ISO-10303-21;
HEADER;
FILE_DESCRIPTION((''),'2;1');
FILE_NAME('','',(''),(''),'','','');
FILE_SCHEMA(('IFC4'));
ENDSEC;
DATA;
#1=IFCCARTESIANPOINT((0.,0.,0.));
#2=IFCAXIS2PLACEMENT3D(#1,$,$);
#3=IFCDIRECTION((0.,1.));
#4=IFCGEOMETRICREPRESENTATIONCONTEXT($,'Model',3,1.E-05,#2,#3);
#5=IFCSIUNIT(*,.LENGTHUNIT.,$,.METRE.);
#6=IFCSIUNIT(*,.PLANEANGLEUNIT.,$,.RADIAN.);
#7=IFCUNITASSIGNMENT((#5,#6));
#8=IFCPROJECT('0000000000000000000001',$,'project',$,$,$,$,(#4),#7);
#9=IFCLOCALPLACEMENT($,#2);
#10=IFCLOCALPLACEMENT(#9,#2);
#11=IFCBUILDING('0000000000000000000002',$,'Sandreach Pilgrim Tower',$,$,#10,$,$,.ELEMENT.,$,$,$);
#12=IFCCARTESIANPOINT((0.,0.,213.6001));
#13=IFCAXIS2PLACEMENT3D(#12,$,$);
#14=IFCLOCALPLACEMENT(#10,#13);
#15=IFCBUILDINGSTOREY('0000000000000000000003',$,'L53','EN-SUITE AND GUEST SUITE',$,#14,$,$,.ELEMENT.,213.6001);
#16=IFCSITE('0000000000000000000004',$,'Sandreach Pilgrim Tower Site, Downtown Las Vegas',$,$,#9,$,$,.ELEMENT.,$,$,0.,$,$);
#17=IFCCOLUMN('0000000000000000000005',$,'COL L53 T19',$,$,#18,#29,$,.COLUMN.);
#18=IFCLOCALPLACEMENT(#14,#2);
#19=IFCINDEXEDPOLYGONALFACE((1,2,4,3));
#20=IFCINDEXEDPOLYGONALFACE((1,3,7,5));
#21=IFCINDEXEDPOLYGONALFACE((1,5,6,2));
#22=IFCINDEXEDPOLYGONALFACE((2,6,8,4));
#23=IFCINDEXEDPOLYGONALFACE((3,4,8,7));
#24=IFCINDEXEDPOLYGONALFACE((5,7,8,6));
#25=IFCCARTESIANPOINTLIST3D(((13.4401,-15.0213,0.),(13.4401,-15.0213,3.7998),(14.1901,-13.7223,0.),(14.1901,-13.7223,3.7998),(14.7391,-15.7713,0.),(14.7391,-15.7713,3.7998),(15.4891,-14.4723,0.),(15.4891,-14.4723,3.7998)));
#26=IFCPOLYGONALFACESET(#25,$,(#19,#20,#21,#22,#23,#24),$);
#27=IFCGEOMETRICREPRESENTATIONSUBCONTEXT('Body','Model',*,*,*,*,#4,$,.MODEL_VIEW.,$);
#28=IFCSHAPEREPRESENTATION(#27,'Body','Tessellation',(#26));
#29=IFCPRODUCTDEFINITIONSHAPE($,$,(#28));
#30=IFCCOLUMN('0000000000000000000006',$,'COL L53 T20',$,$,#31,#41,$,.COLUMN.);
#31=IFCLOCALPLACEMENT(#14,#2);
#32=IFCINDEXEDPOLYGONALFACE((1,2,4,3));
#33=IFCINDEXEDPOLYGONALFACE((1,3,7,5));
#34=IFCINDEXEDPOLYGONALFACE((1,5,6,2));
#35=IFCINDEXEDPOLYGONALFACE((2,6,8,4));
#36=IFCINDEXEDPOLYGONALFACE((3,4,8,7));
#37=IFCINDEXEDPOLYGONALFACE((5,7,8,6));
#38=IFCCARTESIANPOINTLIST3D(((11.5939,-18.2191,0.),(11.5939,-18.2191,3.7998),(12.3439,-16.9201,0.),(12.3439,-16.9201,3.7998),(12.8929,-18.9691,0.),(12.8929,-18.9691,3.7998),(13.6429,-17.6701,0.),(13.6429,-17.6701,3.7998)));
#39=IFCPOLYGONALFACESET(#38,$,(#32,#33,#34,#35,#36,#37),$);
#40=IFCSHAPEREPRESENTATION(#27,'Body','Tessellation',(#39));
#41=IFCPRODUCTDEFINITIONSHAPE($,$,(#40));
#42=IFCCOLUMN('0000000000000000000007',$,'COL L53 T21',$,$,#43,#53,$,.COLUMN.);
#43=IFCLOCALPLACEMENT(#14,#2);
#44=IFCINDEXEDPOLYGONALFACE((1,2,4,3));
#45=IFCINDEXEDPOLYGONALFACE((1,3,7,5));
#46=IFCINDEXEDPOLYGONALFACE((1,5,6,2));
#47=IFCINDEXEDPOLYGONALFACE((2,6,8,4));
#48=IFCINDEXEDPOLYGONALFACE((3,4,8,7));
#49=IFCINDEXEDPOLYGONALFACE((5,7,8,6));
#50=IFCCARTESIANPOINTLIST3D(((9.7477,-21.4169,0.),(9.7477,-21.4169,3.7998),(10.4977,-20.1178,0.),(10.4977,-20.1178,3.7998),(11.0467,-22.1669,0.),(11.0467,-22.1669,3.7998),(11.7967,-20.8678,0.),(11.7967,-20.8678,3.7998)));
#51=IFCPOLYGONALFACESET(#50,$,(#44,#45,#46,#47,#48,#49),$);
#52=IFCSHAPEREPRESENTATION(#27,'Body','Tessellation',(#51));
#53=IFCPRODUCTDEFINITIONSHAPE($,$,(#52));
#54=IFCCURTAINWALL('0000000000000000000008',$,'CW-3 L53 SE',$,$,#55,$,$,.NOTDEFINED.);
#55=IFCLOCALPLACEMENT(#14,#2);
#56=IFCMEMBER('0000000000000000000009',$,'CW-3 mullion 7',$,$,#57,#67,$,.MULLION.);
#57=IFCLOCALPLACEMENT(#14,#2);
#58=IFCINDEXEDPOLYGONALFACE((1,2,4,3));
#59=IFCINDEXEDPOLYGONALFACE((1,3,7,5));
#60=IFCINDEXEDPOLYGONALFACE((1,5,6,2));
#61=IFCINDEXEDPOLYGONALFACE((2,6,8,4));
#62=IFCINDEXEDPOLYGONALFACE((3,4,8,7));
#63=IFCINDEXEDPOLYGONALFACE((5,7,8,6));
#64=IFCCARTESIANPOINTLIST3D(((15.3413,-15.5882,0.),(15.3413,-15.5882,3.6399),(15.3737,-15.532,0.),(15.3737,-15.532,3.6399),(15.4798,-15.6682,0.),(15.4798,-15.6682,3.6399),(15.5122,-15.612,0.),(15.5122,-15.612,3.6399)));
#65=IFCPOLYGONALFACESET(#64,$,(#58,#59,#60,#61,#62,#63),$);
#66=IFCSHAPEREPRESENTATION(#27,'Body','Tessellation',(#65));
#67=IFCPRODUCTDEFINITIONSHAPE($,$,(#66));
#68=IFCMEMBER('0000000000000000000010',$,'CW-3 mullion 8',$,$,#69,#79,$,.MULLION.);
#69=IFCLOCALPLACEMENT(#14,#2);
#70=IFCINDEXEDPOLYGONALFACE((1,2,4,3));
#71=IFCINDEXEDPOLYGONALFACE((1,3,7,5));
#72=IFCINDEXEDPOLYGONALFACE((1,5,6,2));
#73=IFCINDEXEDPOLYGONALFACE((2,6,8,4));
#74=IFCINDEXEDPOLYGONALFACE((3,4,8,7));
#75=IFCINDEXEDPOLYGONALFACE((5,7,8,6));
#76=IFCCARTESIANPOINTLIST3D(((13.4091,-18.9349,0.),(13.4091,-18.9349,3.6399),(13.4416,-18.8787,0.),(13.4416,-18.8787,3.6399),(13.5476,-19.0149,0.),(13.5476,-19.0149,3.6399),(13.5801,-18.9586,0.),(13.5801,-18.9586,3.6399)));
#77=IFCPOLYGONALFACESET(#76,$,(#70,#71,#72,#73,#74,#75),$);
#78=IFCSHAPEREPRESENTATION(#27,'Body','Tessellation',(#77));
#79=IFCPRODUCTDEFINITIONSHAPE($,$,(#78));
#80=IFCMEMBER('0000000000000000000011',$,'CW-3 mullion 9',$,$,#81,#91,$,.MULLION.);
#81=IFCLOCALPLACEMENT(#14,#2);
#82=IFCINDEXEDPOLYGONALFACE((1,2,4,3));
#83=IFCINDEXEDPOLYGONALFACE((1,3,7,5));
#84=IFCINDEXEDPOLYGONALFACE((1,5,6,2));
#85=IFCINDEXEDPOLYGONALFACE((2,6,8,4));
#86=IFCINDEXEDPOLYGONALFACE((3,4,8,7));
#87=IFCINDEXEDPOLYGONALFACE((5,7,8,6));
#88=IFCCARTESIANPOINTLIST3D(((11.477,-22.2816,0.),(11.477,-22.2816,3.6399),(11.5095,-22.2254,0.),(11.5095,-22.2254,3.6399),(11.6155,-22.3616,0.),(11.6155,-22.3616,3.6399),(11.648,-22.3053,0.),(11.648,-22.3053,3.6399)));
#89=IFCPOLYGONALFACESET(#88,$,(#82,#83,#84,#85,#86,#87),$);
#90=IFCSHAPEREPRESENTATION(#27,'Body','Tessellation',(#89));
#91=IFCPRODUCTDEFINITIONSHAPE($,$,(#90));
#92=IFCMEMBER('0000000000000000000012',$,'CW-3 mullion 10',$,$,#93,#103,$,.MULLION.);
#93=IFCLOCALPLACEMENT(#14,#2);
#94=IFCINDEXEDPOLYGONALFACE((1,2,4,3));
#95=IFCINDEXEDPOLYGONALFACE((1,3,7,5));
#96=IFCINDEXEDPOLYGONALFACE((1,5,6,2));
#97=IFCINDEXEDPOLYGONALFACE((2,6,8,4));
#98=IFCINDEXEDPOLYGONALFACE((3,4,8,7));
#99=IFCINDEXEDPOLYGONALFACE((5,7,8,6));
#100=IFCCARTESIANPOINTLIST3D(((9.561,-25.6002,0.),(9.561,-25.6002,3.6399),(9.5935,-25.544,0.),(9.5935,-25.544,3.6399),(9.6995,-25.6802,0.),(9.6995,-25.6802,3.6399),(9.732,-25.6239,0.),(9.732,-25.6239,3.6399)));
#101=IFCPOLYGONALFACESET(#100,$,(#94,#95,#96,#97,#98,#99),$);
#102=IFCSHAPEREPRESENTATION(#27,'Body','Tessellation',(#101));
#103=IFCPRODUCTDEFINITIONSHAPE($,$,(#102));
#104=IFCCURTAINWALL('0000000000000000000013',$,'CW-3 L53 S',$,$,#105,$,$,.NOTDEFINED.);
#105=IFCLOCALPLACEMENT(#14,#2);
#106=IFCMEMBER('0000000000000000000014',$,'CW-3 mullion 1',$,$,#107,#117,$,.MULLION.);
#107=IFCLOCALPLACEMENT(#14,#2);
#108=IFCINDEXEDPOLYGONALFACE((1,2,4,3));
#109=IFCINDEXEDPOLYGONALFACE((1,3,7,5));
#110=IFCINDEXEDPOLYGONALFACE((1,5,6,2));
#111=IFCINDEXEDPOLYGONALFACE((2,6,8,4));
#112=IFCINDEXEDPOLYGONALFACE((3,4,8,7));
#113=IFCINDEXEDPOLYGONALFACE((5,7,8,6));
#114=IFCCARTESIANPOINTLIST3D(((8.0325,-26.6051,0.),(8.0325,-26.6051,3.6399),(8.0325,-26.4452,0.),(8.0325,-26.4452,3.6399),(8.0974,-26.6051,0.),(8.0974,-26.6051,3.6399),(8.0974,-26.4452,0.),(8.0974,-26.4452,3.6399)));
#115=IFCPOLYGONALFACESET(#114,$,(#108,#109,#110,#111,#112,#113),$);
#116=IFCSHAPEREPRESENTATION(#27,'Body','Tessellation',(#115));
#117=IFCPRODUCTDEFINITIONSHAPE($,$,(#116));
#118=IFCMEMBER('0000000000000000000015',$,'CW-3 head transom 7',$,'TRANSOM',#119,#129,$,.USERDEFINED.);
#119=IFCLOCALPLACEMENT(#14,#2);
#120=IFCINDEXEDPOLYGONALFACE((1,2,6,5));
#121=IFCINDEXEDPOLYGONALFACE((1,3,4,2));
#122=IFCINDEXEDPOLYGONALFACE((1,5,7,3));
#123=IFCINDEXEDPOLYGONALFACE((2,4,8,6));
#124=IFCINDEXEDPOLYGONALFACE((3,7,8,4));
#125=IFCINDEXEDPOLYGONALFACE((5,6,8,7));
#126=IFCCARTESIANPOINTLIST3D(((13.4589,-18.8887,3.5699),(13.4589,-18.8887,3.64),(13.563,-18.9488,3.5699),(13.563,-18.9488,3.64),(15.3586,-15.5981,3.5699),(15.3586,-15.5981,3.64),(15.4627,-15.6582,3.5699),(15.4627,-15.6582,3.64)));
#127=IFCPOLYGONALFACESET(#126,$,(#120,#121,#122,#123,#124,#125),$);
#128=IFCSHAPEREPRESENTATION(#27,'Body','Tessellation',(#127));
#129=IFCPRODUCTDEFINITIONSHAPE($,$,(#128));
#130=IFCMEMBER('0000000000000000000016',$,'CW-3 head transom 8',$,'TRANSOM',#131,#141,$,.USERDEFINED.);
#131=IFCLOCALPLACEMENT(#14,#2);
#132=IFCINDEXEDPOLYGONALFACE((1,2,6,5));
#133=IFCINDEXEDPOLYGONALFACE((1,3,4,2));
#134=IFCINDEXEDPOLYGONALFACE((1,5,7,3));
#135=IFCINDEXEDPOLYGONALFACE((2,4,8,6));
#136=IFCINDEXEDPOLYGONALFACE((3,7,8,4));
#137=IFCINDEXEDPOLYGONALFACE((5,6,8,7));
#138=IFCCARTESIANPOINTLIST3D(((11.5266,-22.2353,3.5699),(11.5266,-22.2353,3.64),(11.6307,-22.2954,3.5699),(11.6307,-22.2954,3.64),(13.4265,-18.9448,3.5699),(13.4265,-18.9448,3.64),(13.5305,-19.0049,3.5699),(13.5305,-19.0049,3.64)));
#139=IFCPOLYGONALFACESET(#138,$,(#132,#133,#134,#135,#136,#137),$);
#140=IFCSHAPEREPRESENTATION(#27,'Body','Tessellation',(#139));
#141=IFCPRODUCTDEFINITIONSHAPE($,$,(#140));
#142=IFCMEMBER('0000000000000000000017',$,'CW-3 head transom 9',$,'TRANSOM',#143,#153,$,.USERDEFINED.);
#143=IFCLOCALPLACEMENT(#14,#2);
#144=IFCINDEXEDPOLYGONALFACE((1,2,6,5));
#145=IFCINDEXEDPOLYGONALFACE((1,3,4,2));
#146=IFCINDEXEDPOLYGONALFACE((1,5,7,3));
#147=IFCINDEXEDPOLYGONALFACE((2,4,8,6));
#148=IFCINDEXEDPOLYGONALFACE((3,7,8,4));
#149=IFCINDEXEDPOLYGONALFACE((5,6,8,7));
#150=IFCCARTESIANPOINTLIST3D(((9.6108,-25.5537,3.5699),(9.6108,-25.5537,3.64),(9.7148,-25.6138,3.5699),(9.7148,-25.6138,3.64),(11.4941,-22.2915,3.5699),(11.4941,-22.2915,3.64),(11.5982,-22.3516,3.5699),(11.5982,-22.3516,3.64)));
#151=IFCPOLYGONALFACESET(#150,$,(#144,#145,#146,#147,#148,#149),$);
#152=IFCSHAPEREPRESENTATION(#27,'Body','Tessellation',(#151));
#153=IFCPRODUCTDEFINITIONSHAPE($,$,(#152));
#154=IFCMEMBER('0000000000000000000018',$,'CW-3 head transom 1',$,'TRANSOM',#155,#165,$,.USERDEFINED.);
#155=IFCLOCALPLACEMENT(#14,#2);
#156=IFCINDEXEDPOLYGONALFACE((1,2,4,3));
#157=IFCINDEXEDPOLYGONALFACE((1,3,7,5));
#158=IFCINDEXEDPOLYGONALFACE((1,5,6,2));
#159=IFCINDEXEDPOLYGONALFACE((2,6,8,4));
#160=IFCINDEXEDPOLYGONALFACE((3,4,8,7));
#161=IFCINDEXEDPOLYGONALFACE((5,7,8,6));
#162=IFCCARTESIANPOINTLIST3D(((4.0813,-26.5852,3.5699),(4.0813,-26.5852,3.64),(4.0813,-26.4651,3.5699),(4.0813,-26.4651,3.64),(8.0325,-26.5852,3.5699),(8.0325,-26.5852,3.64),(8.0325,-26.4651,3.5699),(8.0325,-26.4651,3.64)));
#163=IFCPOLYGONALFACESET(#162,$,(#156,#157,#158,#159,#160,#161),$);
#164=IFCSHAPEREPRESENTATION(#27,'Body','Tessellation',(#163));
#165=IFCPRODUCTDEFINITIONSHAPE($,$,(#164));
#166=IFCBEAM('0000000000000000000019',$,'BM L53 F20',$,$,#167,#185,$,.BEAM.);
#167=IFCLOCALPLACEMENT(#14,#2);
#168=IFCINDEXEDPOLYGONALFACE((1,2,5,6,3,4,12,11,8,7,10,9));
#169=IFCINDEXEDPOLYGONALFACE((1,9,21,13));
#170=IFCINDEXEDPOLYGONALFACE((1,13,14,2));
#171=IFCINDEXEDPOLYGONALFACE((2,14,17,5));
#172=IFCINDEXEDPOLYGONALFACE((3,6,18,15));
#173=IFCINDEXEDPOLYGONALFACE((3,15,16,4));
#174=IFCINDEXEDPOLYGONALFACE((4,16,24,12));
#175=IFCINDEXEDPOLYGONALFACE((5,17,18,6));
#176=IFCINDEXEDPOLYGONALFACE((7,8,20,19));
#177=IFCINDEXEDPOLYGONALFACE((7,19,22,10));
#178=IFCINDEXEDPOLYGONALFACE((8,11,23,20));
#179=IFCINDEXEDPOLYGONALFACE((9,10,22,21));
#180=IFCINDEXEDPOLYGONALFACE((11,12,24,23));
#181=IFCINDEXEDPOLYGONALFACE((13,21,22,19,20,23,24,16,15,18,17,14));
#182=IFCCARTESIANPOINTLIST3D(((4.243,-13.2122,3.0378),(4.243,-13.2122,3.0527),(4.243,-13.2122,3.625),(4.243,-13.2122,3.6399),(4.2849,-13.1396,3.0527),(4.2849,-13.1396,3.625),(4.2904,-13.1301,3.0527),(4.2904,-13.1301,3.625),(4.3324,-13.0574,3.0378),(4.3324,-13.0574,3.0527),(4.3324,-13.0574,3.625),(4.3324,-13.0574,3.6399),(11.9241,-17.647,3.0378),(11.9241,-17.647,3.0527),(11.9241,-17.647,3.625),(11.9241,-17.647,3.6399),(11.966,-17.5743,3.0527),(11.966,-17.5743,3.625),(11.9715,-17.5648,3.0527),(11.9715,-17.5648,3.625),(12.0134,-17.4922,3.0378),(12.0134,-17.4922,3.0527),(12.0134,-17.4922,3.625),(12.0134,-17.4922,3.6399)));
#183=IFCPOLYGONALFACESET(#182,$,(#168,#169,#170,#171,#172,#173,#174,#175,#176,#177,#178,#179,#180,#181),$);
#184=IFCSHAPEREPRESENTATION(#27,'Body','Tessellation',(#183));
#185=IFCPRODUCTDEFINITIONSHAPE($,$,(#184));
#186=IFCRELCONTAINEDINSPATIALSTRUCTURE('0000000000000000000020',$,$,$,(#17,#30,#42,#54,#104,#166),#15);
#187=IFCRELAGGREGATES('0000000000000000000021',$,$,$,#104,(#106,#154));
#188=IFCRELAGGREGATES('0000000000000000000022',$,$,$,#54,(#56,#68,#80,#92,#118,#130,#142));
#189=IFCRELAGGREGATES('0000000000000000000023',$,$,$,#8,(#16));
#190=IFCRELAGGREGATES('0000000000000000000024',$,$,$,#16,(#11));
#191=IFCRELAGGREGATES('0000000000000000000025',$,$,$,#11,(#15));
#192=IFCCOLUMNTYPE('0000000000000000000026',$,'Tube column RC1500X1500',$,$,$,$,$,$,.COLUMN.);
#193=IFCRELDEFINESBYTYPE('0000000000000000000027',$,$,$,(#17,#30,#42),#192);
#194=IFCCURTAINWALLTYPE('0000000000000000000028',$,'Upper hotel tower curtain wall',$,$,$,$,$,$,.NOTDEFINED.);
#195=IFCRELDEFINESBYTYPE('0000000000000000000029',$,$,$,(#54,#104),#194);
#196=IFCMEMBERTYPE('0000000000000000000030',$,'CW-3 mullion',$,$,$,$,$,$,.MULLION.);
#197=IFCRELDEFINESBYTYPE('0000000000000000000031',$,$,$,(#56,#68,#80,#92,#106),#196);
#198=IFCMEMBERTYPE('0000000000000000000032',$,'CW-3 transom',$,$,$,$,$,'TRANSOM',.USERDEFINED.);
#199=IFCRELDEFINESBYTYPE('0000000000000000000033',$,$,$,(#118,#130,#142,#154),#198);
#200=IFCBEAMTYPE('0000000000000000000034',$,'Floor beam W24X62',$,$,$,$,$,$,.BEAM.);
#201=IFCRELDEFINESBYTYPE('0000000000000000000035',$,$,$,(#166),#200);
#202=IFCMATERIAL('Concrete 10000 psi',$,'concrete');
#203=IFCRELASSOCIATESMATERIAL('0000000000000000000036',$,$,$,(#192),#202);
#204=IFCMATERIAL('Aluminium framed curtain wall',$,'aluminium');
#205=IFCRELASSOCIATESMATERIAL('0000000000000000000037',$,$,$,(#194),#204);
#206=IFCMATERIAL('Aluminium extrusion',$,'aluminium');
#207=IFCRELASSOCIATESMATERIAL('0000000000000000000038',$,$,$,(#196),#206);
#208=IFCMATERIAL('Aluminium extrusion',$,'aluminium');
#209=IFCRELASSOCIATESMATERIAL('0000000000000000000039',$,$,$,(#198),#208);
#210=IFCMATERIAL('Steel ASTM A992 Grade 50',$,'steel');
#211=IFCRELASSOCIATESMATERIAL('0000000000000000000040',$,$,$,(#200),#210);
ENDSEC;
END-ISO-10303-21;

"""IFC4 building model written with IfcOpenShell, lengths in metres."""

from ifc_helpers import new_model, si_unit, direction, frame, origin, origin_2d, place, context, subcontext, project, spatial, rectangle, i_section, extrude, material, material_profile, profile_set, type_object, element, aggregate, save


model = new_model("IFC4")

# Units and contexts
model_context = context("Model", 3, precision=1e-05, world=origin(), true_north=direction((0.0, 1.0)))
body_context = subcontext(model_context, "Body", "Model", "MODEL_VIEW")
ifc_project = project(units=[si_unit("LENGTHUNIT", "METRE"), si_unit("PLANEANGLEUNIT", "RADIAN")], contexts=[model_context])

# Site, building, storey
site_placement = place(None, origin())
site = spatial("IfcSite", under=ifc_project, at=site_placement, Name="Sandreach Pilgrim Tower Site, Downtown Las Vegas", CompositionType="ELEMENT", RefElevation=0.0)
building_placement = place(site_placement, origin())
building = spatial("IfcBuilding", under=site, at=building_placement, Name="Sandreach Pilgrim Tower", CompositionType="ELEMENT")
storey_placement = place(building_placement, frame((0.0, 0.0, 213.6001)))
storey = spatial("IfcBuildingStorey", under=building, at=storey_placement, Name="L53", Description="EN-SUITE AND GUEST SUITE", CompositionType="ELEMENT", Elevation=213.6001)

# Columns
ifc_material_1 = material(Name="Concrete 10000 psi", Category="concrete")
ifc_material_profile_1 = material_profile(ifc_material_1, rectangle(XDim=1.5, YDim=1.5, at=origin_2d()), Name="RC1500X1500")
ifc_profile_set_1 = profile_set([ifc_material_profile_1], Name="Concrete 10000 psi")
column_type = type_object("IfcColumnType", Name="Tube column RC1500X1500", PredefinedType="COLUMN", material=ifc_profile_set_1)
for number, where, z_axis, x_axis, name in (
    (1, (14.4646, -14.7468, 0.0), (0.0, 0.0, 1.0), (0.866025, -0.5, 0.0), "COL L53 T19"),
    (2, (12.6184, -17.9446, 0.0), (0.0, 0.0, 1.0), (0.866025, -0.5, 0.0), "COL L53 T20"),
    (3, (10.7722, -21.1423, 0.0), (0.0, 0.0, 1.0), (0.866025, -0.5, 0.0), "COL L53 T21"),
):
    element("IfcColumn", number, at=place(storey_placement, frame(where, z_axis=z_axis, x_axis=x_axis)), inside=storey, type_object=column_type, Name=name, PredefinedType="COLUMN", context=body_context, shape_type="SweptSolid", body=[
        extrude(rectangle(XDim=1.5, YDim=1.5, at=origin_2d()), origin(), (0.0, 0.0, 1.0), 3.7998),
    ])

# Curtain wall, members
ifc_material_2 = material(Name="Aluminium framed curtain wall", Category="aluminium")
curtain_wall_type = type_object("IfcCurtainWallType", Name="Upper hotel tower curtain wall", PredefinedType="NOTDEFINED", material=ifc_material_2)
curtain_wall_1_placement = place(storey_placement, origin())
curtain_wall_1 = element("IfcCurtainWall", 4, at=curtain_wall_1_placement, inside=storey, type_object=curtain_wall_type, Name="CW-3 L53 SE", PredefinedType="NOTDEFINED")
ifc_material_3 = material(Name="Aluminium extrusion", Category="aluminium")
ifc_material_profile_2 = material_profile(ifc_material_3, rectangle(XDim=0.0649, YDim=0.1599, at=origin_2d()), Name="CW-3M 65X160")
ifc_profile_set_2 = profile_set([ifc_material_profile_2], Name="Aluminium extrusion")
member_type_1 = type_object("IfcMemberType", Name="CW-3 mullion", PredefinedType="MULLION", material=ifc_profile_set_2)
member_1_placement = place(storey_placement, frame((15.4268, -15.6001, 0.0), z_axis=(0.0, 0.0, 1.0), x_axis=(-0.5, -0.866025, 0.0)))
member_1 = element("IfcMember", 5, at=member_1_placement, type_object=member_type_1, Name="CW-3 mullion 7", PredefinedType="MULLION", context=body_context, shape_type="SweptSolid", body=[
    extrude(rectangle(XDim=0.0649, YDim=0.1599, at=origin_2d()), origin(), (0.0, 0.0, 1.0), 3.6399),
])
member_2_placement = place(storey_placement, frame((13.4946, -18.9468, 0.0), z_axis=(0.0, 0.0, 1.0), x_axis=(-0.5, -0.866025, 0.0)))
member_2 = element("IfcMember", 6, at=member_2_placement, type_object=member_type_1, Name="CW-3 mullion 8", PredefinedType="MULLION", context=body_context, shape_type="SweptSolid", body=[
    extrude(rectangle(XDim=0.0649, YDim=0.1599, at=origin_2d()), origin(), (0.0, 0.0, 1.0), 3.6399),
])
member_3_placement = place(storey_placement, frame((11.5625, -22.2935, 0.0), z_axis=(0.0, 0.0, 1.0), x_axis=(-0.5, -0.866025, 0.0)))
member_3 = element("IfcMember", 7, at=member_3_placement, type_object=member_type_1, Name="CW-3 mullion 9", PredefinedType="MULLION", context=body_context, shape_type="SweptSolid", body=[
    extrude(rectangle(XDim=0.0649, YDim=0.1599, at=origin_2d()), origin(), (0.0, 0.0, 1.0), 3.6399),
])
member_4_placement = place(storey_placement, frame((9.6465, -25.6121, 0.0), z_axis=(0.0, 0.0, 1.0), x_axis=(-0.5, -0.866025, 0.0)))
member_4 = element("IfcMember", 8, at=member_4_placement, type_object=member_type_1, Name="CW-3 mullion 10", PredefinedType="MULLION", context=body_context, shape_type="SweptSolid", body=[
    extrude(rectangle(XDim=0.0649, YDim=0.1599, at=origin_2d()), origin(), (0.0, 0.0, 1.0), 3.6399),
])

# Curtain wall, member
curtain_wall_2_placement = place(storey_placement, origin())
curtain_wall_2 = element("IfcCurtainWall", 9, at=curtain_wall_2_placement, inside=storey, type_object=curtain_wall_type, Name="CW-3 L53 S", PredefinedType="NOTDEFINED")
member_5_placement = place(storey_placement, frame((8.0649, -26.5251, 0.0), z_axis=(0.0, 0.0, 1.0), x_axis=(-1.0, 0.0, 0.0)))
member_5 = element("IfcMember", 10, at=member_5_placement, type_object=member_type_1, Name="CW-3 mullion 1", PredefinedType="MULLION", context=body_context, shape_type="SweptSolid", body=[
    extrude(rectangle(XDim=0.0649, YDim=0.1599, at=origin_2d()), origin(), (0.0, 0.0, 1.0), 3.6399),
])

# Members
ifc_material_4 = material(Name="Aluminium extrusion", Category="aluminium")
ifc_material_profile_3 = material_profile(ifc_material_4, rectangle(XDim=0.1201, YDim=0.0701, at=origin_2d()), Name="CW-3T 120X70")
ifc_profile_set_3 = profile_set([ifc_material_profile_3], Name="Aluminium extrusion")
member_type_2 = type_object("IfcMemberType", Name="CW-3 transom", ElementType="TRANSOM", PredefinedType="USERDEFINED", material=ifc_profile_set_3)
member_6_placement = place(storey_placement, frame((15.4106, -15.6282, 3.605), z_axis=(-0.499975, -0.86604, 0.0), x_axis=(0.86604, -0.499975, 0.0)))
member_6 = element("IfcMember", 11, at=member_6_placement, type_object=member_type_2, Name="CW-3 head transom 7", ObjectType="TRANSOM", PredefinedType="USERDEFINED", context=body_context, shape_type="SweptSolid", body=[
    extrude(rectangle(XDim=0.1201, YDim=0.0701, at=origin_2d()), origin(), (0.0, 0.0, 1.0), 3.7996),
])
member_7_placement = place(storey_placement, frame((13.4785, -18.9749, 3.605), z_axis=(-0.500023, -0.866012, 0.0), x_axis=(0.866012, -0.500023, 0.0)))
member_7 = element("IfcMember", 12, at=member_7_placement, type_object=member_type_2, Name="CW-3 head transom 8", ObjectType="TRANSOM", PredefinedType="USERDEFINED", context=body_context, shape_type="SweptSolid", body=[
    extrude(rectangle(XDim=0.1201, YDim=0.0701, at=origin_2d()), origin(), (0.0, 0.0, 1.0), 3.7996),
])
member_8_placement = place(storey_placement, frame((11.5461, -22.3215, 3.605), z_axis=(-0.499973, -0.866041, 0.0), x_axis=(0.866041, -0.499973, 0.0)))
member_8 = element("IfcMember", 13, at=member_8_placement, type_object=member_type_2, Name="CW-3 head transom 9", ObjectType="TRANSOM", PredefinedType="USERDEFINED", context=body_context, shape_type="SweptSolid", body=[
    extrude(rectangle(XDim=0.1201, YDim=0.0701, at=origin_2d()), origin(), (0.0, 0.0, 1.0), 3.7668),
])
member_9_placement = place(storey_placement, frame((8.0325, -26.5251, 3.605), z_axis=(-1.0, 0.0, 0.0), x_axis=(0.0, -1.0, 0.0)))
member_9 = element("IfcMember", 14, at=member_9_placement, type_object=member_type_2, Name="CW-3 head transom 1", ObjectType="TRANSOM", PredefinedType="USERDEFINED", context=body_context, shape_type="SweptSolid", body=[
    extrude(rectangle(XDim=0.1201, YDim=0.0701, at=origin_2d()), origin(), (0.0, 0.0, 1.0), 3.9512),
])
aggregate(curtain_wall_2, [member_5, member_9])

# Beam
ifc_material_5 = material(Name="Steel ASTM A992 Grade 50", Category="steel")
ifc_material_profile_4 = material_profile(ifc_material_5, i_section(OverallWidth=0.1787, OverallDepth=0.6021, WebThickness=0.011, FlangeThickness=0.0149, at=origin_2d()), Name="W24X62")
ifc_profile_set_4 = profile_set([ifc_material_profile_4], Name="Steel ASTM A992 Grade 50")
beam_type_1 = type_object("IfcBeamType", Name="Floor beam W24X62", PredefinedType="BEAM", material=ifc_profile_set_4)
beam_1_placement = place(storey_placement, frame((11.9688, -17.5696, 3.3389), z_axis=(-0.866021, 0.500008, 0.0), x_axis=(-0.500008, -0.866021, 0.0)))
element("IfcBeam", 15, at=beam_1_placement, inside=storey, type_object=beam_type_1, Name="BM L53 F20", PredefinedType="BEAM", context=body_context, shape_type="SweptSolid", body=[
    extrude(i_section(OverallWidth=0.1787, OverallDepth=0.6021, WebThickness=0.011, FlangeThickness=0.0149, at=origin_2d()), origin(), (0.0, 0.0, 1.0), 8.8694),
])

aggregate(curtain_wall_1, [member_1, member_2, member_3, member_4, member_6, member_7, member_8])

save(model, "model.ifc")
